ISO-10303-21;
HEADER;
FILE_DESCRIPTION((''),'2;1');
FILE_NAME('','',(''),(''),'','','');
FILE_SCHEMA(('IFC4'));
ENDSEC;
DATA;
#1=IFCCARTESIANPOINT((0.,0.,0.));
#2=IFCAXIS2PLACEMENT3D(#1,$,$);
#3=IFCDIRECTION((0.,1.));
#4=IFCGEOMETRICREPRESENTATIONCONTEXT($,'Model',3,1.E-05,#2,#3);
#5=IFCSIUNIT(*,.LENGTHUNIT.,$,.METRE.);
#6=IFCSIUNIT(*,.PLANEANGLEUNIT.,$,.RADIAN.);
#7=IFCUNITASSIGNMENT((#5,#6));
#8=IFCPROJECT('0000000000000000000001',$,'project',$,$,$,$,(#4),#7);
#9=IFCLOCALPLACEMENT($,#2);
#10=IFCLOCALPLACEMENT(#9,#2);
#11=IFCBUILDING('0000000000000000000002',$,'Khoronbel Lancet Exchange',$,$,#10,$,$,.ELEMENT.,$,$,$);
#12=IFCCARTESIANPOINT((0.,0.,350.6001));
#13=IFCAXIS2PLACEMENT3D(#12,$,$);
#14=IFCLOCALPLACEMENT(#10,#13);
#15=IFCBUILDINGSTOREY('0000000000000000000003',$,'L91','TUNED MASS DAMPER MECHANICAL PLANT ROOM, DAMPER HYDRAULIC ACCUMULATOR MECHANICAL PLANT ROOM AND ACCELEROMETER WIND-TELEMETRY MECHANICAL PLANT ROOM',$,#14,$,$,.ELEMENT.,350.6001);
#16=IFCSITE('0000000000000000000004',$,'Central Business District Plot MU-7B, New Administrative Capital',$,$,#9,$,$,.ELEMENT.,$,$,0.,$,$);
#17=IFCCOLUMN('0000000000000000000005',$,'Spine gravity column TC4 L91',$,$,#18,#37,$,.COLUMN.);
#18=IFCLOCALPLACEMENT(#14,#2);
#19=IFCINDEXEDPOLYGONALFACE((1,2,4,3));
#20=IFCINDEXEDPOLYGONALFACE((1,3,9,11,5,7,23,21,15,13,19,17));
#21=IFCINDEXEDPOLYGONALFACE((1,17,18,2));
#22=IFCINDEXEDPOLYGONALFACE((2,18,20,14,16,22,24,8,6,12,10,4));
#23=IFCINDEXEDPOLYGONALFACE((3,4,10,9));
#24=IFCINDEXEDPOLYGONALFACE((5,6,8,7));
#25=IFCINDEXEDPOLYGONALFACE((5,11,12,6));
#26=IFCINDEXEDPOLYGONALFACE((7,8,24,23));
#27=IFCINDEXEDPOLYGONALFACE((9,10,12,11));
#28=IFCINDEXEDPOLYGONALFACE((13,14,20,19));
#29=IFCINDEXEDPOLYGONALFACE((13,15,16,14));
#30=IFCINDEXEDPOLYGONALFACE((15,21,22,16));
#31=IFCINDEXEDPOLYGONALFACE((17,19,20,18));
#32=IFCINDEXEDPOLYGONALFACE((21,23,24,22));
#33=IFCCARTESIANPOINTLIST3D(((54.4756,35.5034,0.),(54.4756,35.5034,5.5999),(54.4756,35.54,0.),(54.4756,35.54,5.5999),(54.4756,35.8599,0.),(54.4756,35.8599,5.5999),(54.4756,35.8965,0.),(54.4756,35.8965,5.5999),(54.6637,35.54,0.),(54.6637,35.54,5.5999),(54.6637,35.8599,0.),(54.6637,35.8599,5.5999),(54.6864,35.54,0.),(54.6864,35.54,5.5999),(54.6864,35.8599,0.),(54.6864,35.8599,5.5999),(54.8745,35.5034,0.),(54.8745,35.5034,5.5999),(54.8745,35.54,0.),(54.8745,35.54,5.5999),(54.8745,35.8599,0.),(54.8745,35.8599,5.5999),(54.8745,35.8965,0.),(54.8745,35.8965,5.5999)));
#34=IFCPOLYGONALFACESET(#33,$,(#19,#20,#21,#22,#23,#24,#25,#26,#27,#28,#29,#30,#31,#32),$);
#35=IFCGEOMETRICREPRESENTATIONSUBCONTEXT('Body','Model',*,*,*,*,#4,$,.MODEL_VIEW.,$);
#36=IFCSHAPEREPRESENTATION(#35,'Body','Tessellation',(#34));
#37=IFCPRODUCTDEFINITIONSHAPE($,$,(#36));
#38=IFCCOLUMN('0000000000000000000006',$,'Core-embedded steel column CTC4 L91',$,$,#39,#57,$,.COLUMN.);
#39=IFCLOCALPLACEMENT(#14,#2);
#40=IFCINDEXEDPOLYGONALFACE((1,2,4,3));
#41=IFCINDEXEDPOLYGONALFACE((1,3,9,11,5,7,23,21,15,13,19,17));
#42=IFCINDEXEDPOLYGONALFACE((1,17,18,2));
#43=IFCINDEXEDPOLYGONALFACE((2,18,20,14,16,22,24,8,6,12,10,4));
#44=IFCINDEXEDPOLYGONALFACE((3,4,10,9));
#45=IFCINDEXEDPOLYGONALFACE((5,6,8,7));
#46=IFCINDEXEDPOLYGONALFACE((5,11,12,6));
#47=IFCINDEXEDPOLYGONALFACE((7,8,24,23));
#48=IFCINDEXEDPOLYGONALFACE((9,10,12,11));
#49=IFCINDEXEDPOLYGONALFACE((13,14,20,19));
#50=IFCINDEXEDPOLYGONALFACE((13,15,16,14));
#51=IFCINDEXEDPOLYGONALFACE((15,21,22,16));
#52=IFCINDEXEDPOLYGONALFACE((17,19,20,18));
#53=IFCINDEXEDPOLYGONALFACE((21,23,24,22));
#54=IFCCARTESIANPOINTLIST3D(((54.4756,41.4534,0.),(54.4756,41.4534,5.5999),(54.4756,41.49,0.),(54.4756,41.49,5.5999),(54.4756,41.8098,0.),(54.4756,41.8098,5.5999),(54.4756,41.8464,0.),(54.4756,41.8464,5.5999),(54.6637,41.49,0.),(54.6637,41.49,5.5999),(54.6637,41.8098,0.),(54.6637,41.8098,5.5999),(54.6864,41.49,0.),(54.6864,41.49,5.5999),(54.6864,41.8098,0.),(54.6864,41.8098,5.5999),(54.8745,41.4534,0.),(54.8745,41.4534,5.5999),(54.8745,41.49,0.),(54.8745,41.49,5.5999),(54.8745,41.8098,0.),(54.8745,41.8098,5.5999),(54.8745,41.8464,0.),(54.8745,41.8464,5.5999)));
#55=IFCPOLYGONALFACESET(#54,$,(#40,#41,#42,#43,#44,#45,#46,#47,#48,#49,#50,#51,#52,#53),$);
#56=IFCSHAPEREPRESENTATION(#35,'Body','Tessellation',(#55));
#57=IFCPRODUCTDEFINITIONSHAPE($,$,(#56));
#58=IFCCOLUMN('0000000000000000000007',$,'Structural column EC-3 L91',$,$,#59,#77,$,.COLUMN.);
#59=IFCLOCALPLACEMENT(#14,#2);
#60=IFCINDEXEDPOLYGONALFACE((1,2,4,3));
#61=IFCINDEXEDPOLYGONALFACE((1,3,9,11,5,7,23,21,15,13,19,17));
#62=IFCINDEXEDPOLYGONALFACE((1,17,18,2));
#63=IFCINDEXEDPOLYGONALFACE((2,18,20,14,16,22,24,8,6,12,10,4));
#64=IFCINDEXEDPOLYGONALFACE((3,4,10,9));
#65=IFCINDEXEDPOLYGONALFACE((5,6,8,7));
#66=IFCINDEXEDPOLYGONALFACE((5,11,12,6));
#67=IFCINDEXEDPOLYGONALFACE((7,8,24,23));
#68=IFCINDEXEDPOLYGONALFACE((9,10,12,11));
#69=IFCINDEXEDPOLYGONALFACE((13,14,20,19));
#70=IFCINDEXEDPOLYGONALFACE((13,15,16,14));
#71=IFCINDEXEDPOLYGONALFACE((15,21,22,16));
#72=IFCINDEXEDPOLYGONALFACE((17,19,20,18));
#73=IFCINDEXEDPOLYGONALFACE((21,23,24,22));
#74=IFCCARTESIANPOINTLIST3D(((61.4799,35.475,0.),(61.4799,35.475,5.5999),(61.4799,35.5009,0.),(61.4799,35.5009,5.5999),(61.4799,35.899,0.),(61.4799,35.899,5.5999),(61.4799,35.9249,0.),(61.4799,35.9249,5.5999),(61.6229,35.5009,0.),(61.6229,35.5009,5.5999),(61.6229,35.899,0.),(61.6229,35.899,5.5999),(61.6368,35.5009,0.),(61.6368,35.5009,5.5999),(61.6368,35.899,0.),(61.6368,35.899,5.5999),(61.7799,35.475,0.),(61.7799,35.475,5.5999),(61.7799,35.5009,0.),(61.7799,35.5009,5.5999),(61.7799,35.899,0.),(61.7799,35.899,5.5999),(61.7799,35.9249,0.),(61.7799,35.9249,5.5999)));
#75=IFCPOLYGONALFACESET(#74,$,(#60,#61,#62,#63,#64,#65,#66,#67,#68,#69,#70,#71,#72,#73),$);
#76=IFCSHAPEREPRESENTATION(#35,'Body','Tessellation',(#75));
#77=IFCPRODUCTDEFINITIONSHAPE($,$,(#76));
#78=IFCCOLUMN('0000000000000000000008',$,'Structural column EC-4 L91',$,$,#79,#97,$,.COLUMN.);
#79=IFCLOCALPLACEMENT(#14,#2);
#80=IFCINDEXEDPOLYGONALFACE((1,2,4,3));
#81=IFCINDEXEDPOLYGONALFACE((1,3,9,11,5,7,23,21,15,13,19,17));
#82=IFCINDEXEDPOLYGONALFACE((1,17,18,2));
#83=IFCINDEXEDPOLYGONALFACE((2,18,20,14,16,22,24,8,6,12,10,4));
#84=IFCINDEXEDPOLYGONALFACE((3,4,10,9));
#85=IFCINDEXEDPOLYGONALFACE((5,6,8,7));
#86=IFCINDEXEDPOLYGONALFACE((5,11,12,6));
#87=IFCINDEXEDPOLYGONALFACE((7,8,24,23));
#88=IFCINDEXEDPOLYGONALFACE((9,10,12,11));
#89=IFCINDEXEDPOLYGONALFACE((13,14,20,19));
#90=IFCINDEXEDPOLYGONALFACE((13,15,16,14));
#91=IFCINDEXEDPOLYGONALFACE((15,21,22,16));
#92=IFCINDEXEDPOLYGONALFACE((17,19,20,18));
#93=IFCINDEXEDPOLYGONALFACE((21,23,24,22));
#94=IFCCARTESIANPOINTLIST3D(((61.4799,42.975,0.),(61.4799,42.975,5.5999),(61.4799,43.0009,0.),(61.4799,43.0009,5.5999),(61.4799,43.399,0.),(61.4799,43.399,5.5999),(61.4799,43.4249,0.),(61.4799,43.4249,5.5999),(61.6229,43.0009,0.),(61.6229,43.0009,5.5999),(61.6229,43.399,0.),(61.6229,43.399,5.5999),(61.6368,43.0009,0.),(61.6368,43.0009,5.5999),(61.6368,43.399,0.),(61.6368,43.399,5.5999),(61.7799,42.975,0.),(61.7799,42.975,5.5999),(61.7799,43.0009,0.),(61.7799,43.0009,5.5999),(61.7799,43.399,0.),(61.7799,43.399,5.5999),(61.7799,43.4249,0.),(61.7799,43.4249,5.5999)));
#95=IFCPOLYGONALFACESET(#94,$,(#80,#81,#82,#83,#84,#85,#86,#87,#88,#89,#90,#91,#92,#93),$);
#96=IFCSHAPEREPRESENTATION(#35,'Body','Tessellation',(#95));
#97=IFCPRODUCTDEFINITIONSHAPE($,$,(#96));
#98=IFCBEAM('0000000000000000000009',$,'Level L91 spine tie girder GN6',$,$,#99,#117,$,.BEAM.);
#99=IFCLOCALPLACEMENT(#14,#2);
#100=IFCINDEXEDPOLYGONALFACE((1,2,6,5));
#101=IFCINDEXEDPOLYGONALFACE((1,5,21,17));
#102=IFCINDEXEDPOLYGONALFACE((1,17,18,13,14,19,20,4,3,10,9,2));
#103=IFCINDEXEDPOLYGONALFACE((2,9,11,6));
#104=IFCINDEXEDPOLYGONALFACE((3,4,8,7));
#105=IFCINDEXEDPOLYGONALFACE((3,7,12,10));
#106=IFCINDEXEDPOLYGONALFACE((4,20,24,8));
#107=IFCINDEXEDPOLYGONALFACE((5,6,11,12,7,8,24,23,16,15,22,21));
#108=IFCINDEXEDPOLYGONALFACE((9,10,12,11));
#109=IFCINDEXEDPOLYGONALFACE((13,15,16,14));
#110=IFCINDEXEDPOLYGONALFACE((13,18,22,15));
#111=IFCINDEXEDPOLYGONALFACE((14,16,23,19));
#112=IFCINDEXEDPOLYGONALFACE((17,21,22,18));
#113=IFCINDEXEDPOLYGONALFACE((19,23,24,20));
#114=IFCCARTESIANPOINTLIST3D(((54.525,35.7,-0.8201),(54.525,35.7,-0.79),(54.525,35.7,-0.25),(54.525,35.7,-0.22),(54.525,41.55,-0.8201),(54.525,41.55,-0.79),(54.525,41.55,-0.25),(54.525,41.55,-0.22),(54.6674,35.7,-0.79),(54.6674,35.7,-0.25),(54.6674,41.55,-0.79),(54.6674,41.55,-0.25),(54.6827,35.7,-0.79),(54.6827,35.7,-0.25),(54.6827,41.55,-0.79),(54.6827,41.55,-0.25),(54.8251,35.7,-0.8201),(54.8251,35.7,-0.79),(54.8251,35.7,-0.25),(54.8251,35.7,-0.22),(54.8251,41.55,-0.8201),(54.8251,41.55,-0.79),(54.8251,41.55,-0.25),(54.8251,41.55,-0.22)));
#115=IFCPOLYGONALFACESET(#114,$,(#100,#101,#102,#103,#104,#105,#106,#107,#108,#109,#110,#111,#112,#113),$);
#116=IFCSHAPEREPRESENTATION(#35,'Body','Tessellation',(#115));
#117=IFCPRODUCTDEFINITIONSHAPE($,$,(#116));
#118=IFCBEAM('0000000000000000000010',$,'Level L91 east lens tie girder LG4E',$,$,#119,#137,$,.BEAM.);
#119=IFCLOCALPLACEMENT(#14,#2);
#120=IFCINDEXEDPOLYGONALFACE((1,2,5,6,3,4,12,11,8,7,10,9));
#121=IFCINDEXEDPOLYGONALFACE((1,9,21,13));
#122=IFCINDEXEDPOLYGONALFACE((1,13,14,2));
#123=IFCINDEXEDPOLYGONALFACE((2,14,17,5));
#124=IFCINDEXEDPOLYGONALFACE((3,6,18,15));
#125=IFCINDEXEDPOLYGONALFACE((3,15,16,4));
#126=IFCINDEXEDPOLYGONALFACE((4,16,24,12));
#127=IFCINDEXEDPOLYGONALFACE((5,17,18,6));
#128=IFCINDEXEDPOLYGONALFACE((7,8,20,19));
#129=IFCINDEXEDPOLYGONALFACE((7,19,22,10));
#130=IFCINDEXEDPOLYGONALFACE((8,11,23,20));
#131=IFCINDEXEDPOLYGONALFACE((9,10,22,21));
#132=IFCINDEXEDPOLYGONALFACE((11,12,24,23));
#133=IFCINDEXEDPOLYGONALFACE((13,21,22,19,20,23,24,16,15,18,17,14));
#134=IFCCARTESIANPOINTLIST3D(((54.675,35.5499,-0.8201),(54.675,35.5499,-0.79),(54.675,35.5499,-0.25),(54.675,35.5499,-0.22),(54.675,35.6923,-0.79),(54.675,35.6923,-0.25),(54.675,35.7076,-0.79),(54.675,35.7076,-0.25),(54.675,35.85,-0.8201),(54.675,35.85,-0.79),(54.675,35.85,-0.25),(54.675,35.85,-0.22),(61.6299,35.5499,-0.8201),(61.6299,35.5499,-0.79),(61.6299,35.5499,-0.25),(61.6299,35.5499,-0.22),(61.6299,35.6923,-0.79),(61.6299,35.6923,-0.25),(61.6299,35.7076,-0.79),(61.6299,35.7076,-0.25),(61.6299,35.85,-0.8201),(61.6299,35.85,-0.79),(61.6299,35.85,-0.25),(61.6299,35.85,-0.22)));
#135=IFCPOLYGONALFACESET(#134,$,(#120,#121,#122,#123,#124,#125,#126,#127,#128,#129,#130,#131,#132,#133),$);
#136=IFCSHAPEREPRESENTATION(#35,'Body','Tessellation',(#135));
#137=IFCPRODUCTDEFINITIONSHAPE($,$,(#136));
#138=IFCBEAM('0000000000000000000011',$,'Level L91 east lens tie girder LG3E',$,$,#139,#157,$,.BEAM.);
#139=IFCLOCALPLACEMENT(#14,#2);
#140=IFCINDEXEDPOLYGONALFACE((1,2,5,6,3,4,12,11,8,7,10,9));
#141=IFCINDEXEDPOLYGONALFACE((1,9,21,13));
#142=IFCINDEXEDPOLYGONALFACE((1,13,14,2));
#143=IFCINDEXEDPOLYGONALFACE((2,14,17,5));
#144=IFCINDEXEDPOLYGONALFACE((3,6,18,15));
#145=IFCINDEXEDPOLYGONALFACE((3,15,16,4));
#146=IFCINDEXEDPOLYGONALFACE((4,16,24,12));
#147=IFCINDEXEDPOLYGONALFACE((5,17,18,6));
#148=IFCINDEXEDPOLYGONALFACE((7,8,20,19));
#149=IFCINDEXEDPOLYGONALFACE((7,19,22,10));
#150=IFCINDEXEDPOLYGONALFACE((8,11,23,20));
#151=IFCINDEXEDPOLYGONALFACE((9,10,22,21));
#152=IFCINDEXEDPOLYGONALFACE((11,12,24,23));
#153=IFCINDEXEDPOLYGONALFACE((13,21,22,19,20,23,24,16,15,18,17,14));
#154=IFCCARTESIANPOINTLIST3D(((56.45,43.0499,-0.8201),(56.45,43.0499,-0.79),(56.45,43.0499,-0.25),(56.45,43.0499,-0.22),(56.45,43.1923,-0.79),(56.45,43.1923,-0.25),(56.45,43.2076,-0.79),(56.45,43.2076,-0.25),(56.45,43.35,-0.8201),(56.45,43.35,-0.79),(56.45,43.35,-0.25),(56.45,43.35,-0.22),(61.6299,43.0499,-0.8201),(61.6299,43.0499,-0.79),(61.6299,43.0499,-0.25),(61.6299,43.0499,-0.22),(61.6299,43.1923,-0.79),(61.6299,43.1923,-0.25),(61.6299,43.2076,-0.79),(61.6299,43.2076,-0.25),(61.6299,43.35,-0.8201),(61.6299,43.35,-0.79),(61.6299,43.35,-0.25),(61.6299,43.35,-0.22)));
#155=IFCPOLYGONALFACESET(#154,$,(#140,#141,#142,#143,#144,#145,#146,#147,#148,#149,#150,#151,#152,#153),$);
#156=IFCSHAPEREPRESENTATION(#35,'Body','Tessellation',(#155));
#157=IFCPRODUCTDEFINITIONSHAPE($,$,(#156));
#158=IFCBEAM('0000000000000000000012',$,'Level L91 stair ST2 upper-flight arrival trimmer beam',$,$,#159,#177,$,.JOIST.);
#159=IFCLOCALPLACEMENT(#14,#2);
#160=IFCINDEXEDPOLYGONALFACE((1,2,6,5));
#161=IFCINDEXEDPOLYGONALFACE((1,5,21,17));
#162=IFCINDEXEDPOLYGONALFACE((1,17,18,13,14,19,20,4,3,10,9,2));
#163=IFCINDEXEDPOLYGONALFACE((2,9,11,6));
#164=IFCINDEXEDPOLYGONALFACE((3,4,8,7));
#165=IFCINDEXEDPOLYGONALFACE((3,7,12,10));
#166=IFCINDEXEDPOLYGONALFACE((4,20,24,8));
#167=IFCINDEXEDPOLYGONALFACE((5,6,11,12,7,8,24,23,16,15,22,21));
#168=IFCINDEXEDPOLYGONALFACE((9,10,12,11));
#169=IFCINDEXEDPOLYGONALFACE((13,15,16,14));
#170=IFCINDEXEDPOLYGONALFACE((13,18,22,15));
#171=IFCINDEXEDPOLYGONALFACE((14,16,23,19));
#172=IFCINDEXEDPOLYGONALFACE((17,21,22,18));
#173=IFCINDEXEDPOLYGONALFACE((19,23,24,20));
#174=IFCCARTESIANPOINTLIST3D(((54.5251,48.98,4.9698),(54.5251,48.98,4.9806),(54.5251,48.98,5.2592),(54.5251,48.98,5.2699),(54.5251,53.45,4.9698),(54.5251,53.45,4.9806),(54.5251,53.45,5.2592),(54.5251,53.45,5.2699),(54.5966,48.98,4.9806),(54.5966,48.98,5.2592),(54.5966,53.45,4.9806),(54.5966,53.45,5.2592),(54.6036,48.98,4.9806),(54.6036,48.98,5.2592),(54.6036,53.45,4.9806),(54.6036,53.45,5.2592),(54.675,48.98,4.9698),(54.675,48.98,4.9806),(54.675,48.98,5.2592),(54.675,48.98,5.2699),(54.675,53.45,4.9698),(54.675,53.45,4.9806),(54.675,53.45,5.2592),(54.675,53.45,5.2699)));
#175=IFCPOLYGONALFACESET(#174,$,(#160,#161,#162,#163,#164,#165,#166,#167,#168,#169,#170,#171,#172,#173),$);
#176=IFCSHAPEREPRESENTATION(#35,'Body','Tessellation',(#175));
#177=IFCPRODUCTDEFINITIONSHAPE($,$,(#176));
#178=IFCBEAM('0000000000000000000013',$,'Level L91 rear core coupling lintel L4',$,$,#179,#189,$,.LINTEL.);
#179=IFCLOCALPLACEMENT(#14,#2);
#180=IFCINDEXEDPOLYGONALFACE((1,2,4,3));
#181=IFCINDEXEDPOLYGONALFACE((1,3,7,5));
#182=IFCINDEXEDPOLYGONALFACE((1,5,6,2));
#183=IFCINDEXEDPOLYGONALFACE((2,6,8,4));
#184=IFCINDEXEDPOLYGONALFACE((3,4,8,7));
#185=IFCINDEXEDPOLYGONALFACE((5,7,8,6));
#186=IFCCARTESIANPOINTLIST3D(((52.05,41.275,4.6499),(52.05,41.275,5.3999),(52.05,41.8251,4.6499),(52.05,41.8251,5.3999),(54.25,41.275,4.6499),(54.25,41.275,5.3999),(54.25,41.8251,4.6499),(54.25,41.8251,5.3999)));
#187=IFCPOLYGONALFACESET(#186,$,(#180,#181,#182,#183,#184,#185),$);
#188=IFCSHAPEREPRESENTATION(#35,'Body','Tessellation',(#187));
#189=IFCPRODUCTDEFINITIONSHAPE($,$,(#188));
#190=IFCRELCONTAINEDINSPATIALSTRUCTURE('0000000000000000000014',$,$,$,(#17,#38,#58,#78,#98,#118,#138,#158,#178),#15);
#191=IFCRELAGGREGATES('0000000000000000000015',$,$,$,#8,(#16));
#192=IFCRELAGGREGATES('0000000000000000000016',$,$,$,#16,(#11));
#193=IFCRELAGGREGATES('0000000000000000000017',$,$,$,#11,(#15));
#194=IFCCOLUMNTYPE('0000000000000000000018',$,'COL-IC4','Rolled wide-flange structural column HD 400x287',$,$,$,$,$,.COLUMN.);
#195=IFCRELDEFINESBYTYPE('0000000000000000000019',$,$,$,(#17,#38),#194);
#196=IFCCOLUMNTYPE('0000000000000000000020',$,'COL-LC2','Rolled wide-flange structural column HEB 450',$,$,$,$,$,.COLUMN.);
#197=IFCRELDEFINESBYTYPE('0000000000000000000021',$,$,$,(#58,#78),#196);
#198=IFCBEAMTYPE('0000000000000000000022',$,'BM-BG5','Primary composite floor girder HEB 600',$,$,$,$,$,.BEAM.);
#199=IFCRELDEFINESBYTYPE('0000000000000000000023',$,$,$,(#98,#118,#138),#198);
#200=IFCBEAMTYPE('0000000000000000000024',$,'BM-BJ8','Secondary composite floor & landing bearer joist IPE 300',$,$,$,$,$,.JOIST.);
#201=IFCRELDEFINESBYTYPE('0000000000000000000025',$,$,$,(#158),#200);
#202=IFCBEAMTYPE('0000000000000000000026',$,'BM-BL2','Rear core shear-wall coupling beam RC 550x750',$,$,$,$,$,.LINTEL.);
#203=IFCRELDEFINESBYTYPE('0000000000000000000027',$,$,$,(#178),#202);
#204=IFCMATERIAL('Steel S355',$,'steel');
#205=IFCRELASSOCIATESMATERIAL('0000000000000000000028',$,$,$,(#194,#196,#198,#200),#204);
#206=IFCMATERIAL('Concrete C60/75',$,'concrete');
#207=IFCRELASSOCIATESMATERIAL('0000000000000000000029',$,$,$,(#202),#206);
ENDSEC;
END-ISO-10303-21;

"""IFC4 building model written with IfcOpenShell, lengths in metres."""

from ifc_helpers import new_model, si_unit, direction, frame, origin, origin_2d, place, context, subcontext, project, spatial, rectangle, i_section, extrude, material, material_profile, profile_set, type_object, element, save


model = new_model("IFC4")

# Units and contexts
model_context = context("Model", 3, precision=1e-05, world=origin(), true_north=direction((0.0, 1.0)))
body_context = subcontext(model_context, "Body", "Model", "MODEL_VIEW")
ifc_project = project(units=[si_unit("LENGTHUNIT", "METRE"), si_unit("PLANEANGLEUNIT", "RADIAN")], contexts=[model_context])

# Site, building, storey
site_placement = place(None, origin())
site = spatial("IfcSite", under=ifc_project, at=site_placement, Name="Central Business District Plot MU-7B, New Administrative Capital", CompositionType="ELEMENT", RefElevation=0.0)
building_placement = place(site_placement, origin())
building = spatial("IfcBuilding", under=site, at=building_placement, Name="Khoronbel Lancet Exchange", CompositionType="ELEMENT")
storey_placement = place(building_placement, frame((0.0, 0.0, 350.6001)))
storey = spatial("IfcBuildingStorey", under=building, at=storey_placement, Name="L91", Description="TUNED MASS DAMPER MECHANICAL PLANT ROOM, DAMPER HYDRAULIC ACCUMULATOR MECHANICAL PLANT ROOM AND ACCELEROMETER WIND-TELEMETRY MECHANICAL PLANT ROOM", CompositionType="ELEMENT", Elevation=350.6001)

# Columns
ifc_material_1 = material(Name="Steel S355", Category="steel")
ifc_material_profile_1 = material_profile(ifc_material_1, i_section(OverallWidth=0.3989, OverallDepth=0.3931, WebThickness=0.0227, FlangeThickness=0.0366, at=origin_2d()), Name="HD 400x287")
ifc_profile_set_1 = profile_set([ifc_material_profile_1], Name="Steel S355")
column_type_1 = type_object("IfcColumnType", Name="COL-IC4", Description="Rolled wide-flange structural column HD 400x287", PredefinedType="COLUMN", material=ifc_profile_set_1)
for number, where, z_axis, x_axis, name in (
    (1, (54.675, 35.7, 0.0), (0.0, 0.0, 1.0), (1.0, 0.0, 0.0), "Spine gravity column TC4 L91"),
    (2, (54.675, 41.6499, 0.0), (0.0, 0.0, 1.0), (1.0, 0.0, 0.0), "Core-embedded steel column CTC4 L91"),
):
    element("IfcColumn", number, at=place(storey_placement, frame(where, z_axis=z_axis, x_axis=x_axis)), inside=storey, type_object=column_type_1, Name=name, PredefinedType="COLUMN", context=body_context, shape_type="SweptSolid", body=[
        extrude(i_section(OverallWidth=0.3989, OverallDepth=0.3931, WebThickness=0.0227, FlangeThickness=0.0366, at=origin_2d()), origin(), (0.0, 0.0, 1.0), 5.5999),
    ])
ifc_material_profile_2 = material_profile(ifc_material_1, i_section(OverallWidth=0.3, OverallDepth=0.45, WebThickness=0.0139, FlangeThickness=0.0259, at=origin_2d()), Name="HEB 450")
ifc_profile_set_2 = profile_set([ifc_material_profile_2], Name="Steel S355")
column_type_2 = type_object("IfcColumnType", Name="COL-LC2", Description="Rolled wide-flange structural column HEB 450", PredefinedType="COLUMN", material=ifc_profile_set_2)
for number, where, z_axis, x_axis, name in (
    (3, (61.6299, 35.7, 0.0), (0.0, 0.0, 1.0), (1.0, 0.0, 0.0), "Structural column EC-3 L91"),
    (4, (61.6299, 43.2, 0.0), (0.0, 0.0, 1.0), (1.0, 0.0, 0.0), "Structural column EC-4 L91"),
):
    element("IfcColumn", number, at=place(storey_placement, frame(where, z_axis=z_axis, x_axis=x_axis)), inside=storey, type_object=column_type_2, Name=name, PredefinedType="COLUMN", context=body_context, shape_type="SweptSolid", body=[
        extrude(i_section(OverallWidth=0.3, OverallDepth=0.45, WebThickness=0.0139, FlangeThickness=0.0259, at=origin_2d()), origin(), (0.0, 0.0, 1.0), 5.5999),
    ])

# Beams
ifc_material_profile_3 = material_profile(ifc_material_1, i_section(OverallWidth=0.3, OverallDepth=0.6001, WebThickness=0.0154, FlangeThickness=0.03, at=origin_2d()), Name="HEB 600")
ifc_profile_set_3 = profile_set([ifc_material_profile_3], Name="Steel S355")
beam_type_1 = type_object("IfcBeamType", Name="BM-BG5", Description="Primary composite floor girder HEB 600", PredefinedType="BEAM", material=ifc_profile_set_3)
beam_1_placement = place(storey_placement, frame((54.675, 35.7, -0.52), z_axis=(0.0, 1.0, 0.0), x_axis=(-1.0, 0.0, 0.0)))
element("IfcBeam", 5, at=beam_1_placement, inside=storey, type_object=beam_type_1, Name="Level L91 spine tie girder GN6", PredefinedType="BEAM", context=body_context, shape_type="SweptSolid", body=[
    extrude(i_section(OverallWidth=0.3, OverallDepth=0.6001, WebThickness=0.0154, FlangeThickness=0.03, at=origin_2d()), origin(), (0.0, 0.0, 1.0), 5.8501),
])
beam_2_placement = place(storey_placement, frame((54.675, 35.7, -0.52), z_axis=(1.0, 0.0, 0.0), x_axis=(0.0, 1.0, 0.0)))
element("IfcBeam", 6, at=beam_2_placement, inside=storey, type_object=beam_type_1, Name="Level L91 east lens tie girder LG4E", PredefinedType="BEAM", context=body_context, shape_type="SweptSolid", body=[
    extrude(i_section(OverallWidth=0.3, OverallDepth=0.6001, WebThickness=0.0154, FlangeThickness=0.03, at=origin_2d()), origin(), (0.0, 0.0, 1.0), 6.9548),
])
beam_3_placement = place(storey_placement, frame((56.45, 43.2, -0.52), z_axis=(1.0, 0.0, 0.0), x_axis=(0.0, 1.0, 0.0)))
element("IfcBeam", 7, at=beam_3_placement, inside=storey, type_object=beam_type_1, Name="Level L91 east lens tie girder LG3E", PredefinedType="BEAM", context=body_context, shape_type="SweptSolid", body=[
    extrude(i_section(OverallWidth=0.3, OverallDepth=0.6001, WebThickness=0.0154, FlangeThickness=0.03, at=origin_2d()), origin(), (0.0, 0.0, 1.0), 5.1799),
])
ifc_material_profile_4 = material_profile(ifc_material_1, i_section(OverallWidth=0.1499, OverallDepth=0.3, WebThickness=0.0071, FlangeThickness=0.0107, at=origin_2d()), Name="IPE 300")
ifc_profile_set_4 = profile_set([ifc_material_profile_4], Name="Steel S355")
beam_type_2 = type_object("IfcBeamType", Name="BM-BJ8", Description="Secondary composite floor & landing bearer joist IPE 300", PredefinedType="JOIST", material=ifc_profile_set_4)
beam_4_placement = place(storey_placement, frame((54.6001, 48.98, 5.1199), z_axis=(0.0, 1.0, 0.0), x_axis=(-1.0, 0.0, 0.0)))
element("IfcBeam", 8, at=beam_4_placement, inside=storey, type_object=beam_type_2, Name="Level L91 stair ST2 upper-flight arrival trimmer beam", PredefinedType="JOIST", context=body_context, shape_type="SweptSolid", body=[
    extrude(i_section(OverallWidth=0.1499, OverallDepth=0.3, WebThickness=0.0071, FlangeThickness=0.0107, at=origin_2d()), origin(), (0.0, 0.0, 1.0), 4.47),
])
ifc_material_2 = material(Name="Concrete C60/75", Category="concrete")
ifc_material_profile_5 = material_profile(ifc_material_2, rectangle(XDim=0.55, YDim=0.75, at=origin_2d()), Name="RC 550x750")
ifc_profile_set_5 = profile_set([ifc_material_profile_5], Name="Concrete C60/75")
beam_type_3 = type_object("IfcBeamType", Name="BM-BL2", Description="Rear core shear-wall coupling beam RC 550x750", PredefinedType="LINTEL", material=ifc_profile_set_5)
beam_5_placement = place(storey_placement, frame((52.05, 41.55, 5.0249), z_axis=(1.0, 0.0, 0.0), x_axis=(0.0, 1.0, 0.0)))
element("IfcBeam", 9, at=beam_5_placement, inside=storey, type_object=beam_type_3, Name="Level L91 rear core coupling lintel L4", PredefinedType="LINTEL", context=body_context, shape_type="SweptSolid", body=[
    extrude(rectangle(XDim=0.55, YDim=0.75, at=origin_2d()), origin(), (0.0, 0.0, 1.0), 2.2),
])

save(model, "model.ifc")
